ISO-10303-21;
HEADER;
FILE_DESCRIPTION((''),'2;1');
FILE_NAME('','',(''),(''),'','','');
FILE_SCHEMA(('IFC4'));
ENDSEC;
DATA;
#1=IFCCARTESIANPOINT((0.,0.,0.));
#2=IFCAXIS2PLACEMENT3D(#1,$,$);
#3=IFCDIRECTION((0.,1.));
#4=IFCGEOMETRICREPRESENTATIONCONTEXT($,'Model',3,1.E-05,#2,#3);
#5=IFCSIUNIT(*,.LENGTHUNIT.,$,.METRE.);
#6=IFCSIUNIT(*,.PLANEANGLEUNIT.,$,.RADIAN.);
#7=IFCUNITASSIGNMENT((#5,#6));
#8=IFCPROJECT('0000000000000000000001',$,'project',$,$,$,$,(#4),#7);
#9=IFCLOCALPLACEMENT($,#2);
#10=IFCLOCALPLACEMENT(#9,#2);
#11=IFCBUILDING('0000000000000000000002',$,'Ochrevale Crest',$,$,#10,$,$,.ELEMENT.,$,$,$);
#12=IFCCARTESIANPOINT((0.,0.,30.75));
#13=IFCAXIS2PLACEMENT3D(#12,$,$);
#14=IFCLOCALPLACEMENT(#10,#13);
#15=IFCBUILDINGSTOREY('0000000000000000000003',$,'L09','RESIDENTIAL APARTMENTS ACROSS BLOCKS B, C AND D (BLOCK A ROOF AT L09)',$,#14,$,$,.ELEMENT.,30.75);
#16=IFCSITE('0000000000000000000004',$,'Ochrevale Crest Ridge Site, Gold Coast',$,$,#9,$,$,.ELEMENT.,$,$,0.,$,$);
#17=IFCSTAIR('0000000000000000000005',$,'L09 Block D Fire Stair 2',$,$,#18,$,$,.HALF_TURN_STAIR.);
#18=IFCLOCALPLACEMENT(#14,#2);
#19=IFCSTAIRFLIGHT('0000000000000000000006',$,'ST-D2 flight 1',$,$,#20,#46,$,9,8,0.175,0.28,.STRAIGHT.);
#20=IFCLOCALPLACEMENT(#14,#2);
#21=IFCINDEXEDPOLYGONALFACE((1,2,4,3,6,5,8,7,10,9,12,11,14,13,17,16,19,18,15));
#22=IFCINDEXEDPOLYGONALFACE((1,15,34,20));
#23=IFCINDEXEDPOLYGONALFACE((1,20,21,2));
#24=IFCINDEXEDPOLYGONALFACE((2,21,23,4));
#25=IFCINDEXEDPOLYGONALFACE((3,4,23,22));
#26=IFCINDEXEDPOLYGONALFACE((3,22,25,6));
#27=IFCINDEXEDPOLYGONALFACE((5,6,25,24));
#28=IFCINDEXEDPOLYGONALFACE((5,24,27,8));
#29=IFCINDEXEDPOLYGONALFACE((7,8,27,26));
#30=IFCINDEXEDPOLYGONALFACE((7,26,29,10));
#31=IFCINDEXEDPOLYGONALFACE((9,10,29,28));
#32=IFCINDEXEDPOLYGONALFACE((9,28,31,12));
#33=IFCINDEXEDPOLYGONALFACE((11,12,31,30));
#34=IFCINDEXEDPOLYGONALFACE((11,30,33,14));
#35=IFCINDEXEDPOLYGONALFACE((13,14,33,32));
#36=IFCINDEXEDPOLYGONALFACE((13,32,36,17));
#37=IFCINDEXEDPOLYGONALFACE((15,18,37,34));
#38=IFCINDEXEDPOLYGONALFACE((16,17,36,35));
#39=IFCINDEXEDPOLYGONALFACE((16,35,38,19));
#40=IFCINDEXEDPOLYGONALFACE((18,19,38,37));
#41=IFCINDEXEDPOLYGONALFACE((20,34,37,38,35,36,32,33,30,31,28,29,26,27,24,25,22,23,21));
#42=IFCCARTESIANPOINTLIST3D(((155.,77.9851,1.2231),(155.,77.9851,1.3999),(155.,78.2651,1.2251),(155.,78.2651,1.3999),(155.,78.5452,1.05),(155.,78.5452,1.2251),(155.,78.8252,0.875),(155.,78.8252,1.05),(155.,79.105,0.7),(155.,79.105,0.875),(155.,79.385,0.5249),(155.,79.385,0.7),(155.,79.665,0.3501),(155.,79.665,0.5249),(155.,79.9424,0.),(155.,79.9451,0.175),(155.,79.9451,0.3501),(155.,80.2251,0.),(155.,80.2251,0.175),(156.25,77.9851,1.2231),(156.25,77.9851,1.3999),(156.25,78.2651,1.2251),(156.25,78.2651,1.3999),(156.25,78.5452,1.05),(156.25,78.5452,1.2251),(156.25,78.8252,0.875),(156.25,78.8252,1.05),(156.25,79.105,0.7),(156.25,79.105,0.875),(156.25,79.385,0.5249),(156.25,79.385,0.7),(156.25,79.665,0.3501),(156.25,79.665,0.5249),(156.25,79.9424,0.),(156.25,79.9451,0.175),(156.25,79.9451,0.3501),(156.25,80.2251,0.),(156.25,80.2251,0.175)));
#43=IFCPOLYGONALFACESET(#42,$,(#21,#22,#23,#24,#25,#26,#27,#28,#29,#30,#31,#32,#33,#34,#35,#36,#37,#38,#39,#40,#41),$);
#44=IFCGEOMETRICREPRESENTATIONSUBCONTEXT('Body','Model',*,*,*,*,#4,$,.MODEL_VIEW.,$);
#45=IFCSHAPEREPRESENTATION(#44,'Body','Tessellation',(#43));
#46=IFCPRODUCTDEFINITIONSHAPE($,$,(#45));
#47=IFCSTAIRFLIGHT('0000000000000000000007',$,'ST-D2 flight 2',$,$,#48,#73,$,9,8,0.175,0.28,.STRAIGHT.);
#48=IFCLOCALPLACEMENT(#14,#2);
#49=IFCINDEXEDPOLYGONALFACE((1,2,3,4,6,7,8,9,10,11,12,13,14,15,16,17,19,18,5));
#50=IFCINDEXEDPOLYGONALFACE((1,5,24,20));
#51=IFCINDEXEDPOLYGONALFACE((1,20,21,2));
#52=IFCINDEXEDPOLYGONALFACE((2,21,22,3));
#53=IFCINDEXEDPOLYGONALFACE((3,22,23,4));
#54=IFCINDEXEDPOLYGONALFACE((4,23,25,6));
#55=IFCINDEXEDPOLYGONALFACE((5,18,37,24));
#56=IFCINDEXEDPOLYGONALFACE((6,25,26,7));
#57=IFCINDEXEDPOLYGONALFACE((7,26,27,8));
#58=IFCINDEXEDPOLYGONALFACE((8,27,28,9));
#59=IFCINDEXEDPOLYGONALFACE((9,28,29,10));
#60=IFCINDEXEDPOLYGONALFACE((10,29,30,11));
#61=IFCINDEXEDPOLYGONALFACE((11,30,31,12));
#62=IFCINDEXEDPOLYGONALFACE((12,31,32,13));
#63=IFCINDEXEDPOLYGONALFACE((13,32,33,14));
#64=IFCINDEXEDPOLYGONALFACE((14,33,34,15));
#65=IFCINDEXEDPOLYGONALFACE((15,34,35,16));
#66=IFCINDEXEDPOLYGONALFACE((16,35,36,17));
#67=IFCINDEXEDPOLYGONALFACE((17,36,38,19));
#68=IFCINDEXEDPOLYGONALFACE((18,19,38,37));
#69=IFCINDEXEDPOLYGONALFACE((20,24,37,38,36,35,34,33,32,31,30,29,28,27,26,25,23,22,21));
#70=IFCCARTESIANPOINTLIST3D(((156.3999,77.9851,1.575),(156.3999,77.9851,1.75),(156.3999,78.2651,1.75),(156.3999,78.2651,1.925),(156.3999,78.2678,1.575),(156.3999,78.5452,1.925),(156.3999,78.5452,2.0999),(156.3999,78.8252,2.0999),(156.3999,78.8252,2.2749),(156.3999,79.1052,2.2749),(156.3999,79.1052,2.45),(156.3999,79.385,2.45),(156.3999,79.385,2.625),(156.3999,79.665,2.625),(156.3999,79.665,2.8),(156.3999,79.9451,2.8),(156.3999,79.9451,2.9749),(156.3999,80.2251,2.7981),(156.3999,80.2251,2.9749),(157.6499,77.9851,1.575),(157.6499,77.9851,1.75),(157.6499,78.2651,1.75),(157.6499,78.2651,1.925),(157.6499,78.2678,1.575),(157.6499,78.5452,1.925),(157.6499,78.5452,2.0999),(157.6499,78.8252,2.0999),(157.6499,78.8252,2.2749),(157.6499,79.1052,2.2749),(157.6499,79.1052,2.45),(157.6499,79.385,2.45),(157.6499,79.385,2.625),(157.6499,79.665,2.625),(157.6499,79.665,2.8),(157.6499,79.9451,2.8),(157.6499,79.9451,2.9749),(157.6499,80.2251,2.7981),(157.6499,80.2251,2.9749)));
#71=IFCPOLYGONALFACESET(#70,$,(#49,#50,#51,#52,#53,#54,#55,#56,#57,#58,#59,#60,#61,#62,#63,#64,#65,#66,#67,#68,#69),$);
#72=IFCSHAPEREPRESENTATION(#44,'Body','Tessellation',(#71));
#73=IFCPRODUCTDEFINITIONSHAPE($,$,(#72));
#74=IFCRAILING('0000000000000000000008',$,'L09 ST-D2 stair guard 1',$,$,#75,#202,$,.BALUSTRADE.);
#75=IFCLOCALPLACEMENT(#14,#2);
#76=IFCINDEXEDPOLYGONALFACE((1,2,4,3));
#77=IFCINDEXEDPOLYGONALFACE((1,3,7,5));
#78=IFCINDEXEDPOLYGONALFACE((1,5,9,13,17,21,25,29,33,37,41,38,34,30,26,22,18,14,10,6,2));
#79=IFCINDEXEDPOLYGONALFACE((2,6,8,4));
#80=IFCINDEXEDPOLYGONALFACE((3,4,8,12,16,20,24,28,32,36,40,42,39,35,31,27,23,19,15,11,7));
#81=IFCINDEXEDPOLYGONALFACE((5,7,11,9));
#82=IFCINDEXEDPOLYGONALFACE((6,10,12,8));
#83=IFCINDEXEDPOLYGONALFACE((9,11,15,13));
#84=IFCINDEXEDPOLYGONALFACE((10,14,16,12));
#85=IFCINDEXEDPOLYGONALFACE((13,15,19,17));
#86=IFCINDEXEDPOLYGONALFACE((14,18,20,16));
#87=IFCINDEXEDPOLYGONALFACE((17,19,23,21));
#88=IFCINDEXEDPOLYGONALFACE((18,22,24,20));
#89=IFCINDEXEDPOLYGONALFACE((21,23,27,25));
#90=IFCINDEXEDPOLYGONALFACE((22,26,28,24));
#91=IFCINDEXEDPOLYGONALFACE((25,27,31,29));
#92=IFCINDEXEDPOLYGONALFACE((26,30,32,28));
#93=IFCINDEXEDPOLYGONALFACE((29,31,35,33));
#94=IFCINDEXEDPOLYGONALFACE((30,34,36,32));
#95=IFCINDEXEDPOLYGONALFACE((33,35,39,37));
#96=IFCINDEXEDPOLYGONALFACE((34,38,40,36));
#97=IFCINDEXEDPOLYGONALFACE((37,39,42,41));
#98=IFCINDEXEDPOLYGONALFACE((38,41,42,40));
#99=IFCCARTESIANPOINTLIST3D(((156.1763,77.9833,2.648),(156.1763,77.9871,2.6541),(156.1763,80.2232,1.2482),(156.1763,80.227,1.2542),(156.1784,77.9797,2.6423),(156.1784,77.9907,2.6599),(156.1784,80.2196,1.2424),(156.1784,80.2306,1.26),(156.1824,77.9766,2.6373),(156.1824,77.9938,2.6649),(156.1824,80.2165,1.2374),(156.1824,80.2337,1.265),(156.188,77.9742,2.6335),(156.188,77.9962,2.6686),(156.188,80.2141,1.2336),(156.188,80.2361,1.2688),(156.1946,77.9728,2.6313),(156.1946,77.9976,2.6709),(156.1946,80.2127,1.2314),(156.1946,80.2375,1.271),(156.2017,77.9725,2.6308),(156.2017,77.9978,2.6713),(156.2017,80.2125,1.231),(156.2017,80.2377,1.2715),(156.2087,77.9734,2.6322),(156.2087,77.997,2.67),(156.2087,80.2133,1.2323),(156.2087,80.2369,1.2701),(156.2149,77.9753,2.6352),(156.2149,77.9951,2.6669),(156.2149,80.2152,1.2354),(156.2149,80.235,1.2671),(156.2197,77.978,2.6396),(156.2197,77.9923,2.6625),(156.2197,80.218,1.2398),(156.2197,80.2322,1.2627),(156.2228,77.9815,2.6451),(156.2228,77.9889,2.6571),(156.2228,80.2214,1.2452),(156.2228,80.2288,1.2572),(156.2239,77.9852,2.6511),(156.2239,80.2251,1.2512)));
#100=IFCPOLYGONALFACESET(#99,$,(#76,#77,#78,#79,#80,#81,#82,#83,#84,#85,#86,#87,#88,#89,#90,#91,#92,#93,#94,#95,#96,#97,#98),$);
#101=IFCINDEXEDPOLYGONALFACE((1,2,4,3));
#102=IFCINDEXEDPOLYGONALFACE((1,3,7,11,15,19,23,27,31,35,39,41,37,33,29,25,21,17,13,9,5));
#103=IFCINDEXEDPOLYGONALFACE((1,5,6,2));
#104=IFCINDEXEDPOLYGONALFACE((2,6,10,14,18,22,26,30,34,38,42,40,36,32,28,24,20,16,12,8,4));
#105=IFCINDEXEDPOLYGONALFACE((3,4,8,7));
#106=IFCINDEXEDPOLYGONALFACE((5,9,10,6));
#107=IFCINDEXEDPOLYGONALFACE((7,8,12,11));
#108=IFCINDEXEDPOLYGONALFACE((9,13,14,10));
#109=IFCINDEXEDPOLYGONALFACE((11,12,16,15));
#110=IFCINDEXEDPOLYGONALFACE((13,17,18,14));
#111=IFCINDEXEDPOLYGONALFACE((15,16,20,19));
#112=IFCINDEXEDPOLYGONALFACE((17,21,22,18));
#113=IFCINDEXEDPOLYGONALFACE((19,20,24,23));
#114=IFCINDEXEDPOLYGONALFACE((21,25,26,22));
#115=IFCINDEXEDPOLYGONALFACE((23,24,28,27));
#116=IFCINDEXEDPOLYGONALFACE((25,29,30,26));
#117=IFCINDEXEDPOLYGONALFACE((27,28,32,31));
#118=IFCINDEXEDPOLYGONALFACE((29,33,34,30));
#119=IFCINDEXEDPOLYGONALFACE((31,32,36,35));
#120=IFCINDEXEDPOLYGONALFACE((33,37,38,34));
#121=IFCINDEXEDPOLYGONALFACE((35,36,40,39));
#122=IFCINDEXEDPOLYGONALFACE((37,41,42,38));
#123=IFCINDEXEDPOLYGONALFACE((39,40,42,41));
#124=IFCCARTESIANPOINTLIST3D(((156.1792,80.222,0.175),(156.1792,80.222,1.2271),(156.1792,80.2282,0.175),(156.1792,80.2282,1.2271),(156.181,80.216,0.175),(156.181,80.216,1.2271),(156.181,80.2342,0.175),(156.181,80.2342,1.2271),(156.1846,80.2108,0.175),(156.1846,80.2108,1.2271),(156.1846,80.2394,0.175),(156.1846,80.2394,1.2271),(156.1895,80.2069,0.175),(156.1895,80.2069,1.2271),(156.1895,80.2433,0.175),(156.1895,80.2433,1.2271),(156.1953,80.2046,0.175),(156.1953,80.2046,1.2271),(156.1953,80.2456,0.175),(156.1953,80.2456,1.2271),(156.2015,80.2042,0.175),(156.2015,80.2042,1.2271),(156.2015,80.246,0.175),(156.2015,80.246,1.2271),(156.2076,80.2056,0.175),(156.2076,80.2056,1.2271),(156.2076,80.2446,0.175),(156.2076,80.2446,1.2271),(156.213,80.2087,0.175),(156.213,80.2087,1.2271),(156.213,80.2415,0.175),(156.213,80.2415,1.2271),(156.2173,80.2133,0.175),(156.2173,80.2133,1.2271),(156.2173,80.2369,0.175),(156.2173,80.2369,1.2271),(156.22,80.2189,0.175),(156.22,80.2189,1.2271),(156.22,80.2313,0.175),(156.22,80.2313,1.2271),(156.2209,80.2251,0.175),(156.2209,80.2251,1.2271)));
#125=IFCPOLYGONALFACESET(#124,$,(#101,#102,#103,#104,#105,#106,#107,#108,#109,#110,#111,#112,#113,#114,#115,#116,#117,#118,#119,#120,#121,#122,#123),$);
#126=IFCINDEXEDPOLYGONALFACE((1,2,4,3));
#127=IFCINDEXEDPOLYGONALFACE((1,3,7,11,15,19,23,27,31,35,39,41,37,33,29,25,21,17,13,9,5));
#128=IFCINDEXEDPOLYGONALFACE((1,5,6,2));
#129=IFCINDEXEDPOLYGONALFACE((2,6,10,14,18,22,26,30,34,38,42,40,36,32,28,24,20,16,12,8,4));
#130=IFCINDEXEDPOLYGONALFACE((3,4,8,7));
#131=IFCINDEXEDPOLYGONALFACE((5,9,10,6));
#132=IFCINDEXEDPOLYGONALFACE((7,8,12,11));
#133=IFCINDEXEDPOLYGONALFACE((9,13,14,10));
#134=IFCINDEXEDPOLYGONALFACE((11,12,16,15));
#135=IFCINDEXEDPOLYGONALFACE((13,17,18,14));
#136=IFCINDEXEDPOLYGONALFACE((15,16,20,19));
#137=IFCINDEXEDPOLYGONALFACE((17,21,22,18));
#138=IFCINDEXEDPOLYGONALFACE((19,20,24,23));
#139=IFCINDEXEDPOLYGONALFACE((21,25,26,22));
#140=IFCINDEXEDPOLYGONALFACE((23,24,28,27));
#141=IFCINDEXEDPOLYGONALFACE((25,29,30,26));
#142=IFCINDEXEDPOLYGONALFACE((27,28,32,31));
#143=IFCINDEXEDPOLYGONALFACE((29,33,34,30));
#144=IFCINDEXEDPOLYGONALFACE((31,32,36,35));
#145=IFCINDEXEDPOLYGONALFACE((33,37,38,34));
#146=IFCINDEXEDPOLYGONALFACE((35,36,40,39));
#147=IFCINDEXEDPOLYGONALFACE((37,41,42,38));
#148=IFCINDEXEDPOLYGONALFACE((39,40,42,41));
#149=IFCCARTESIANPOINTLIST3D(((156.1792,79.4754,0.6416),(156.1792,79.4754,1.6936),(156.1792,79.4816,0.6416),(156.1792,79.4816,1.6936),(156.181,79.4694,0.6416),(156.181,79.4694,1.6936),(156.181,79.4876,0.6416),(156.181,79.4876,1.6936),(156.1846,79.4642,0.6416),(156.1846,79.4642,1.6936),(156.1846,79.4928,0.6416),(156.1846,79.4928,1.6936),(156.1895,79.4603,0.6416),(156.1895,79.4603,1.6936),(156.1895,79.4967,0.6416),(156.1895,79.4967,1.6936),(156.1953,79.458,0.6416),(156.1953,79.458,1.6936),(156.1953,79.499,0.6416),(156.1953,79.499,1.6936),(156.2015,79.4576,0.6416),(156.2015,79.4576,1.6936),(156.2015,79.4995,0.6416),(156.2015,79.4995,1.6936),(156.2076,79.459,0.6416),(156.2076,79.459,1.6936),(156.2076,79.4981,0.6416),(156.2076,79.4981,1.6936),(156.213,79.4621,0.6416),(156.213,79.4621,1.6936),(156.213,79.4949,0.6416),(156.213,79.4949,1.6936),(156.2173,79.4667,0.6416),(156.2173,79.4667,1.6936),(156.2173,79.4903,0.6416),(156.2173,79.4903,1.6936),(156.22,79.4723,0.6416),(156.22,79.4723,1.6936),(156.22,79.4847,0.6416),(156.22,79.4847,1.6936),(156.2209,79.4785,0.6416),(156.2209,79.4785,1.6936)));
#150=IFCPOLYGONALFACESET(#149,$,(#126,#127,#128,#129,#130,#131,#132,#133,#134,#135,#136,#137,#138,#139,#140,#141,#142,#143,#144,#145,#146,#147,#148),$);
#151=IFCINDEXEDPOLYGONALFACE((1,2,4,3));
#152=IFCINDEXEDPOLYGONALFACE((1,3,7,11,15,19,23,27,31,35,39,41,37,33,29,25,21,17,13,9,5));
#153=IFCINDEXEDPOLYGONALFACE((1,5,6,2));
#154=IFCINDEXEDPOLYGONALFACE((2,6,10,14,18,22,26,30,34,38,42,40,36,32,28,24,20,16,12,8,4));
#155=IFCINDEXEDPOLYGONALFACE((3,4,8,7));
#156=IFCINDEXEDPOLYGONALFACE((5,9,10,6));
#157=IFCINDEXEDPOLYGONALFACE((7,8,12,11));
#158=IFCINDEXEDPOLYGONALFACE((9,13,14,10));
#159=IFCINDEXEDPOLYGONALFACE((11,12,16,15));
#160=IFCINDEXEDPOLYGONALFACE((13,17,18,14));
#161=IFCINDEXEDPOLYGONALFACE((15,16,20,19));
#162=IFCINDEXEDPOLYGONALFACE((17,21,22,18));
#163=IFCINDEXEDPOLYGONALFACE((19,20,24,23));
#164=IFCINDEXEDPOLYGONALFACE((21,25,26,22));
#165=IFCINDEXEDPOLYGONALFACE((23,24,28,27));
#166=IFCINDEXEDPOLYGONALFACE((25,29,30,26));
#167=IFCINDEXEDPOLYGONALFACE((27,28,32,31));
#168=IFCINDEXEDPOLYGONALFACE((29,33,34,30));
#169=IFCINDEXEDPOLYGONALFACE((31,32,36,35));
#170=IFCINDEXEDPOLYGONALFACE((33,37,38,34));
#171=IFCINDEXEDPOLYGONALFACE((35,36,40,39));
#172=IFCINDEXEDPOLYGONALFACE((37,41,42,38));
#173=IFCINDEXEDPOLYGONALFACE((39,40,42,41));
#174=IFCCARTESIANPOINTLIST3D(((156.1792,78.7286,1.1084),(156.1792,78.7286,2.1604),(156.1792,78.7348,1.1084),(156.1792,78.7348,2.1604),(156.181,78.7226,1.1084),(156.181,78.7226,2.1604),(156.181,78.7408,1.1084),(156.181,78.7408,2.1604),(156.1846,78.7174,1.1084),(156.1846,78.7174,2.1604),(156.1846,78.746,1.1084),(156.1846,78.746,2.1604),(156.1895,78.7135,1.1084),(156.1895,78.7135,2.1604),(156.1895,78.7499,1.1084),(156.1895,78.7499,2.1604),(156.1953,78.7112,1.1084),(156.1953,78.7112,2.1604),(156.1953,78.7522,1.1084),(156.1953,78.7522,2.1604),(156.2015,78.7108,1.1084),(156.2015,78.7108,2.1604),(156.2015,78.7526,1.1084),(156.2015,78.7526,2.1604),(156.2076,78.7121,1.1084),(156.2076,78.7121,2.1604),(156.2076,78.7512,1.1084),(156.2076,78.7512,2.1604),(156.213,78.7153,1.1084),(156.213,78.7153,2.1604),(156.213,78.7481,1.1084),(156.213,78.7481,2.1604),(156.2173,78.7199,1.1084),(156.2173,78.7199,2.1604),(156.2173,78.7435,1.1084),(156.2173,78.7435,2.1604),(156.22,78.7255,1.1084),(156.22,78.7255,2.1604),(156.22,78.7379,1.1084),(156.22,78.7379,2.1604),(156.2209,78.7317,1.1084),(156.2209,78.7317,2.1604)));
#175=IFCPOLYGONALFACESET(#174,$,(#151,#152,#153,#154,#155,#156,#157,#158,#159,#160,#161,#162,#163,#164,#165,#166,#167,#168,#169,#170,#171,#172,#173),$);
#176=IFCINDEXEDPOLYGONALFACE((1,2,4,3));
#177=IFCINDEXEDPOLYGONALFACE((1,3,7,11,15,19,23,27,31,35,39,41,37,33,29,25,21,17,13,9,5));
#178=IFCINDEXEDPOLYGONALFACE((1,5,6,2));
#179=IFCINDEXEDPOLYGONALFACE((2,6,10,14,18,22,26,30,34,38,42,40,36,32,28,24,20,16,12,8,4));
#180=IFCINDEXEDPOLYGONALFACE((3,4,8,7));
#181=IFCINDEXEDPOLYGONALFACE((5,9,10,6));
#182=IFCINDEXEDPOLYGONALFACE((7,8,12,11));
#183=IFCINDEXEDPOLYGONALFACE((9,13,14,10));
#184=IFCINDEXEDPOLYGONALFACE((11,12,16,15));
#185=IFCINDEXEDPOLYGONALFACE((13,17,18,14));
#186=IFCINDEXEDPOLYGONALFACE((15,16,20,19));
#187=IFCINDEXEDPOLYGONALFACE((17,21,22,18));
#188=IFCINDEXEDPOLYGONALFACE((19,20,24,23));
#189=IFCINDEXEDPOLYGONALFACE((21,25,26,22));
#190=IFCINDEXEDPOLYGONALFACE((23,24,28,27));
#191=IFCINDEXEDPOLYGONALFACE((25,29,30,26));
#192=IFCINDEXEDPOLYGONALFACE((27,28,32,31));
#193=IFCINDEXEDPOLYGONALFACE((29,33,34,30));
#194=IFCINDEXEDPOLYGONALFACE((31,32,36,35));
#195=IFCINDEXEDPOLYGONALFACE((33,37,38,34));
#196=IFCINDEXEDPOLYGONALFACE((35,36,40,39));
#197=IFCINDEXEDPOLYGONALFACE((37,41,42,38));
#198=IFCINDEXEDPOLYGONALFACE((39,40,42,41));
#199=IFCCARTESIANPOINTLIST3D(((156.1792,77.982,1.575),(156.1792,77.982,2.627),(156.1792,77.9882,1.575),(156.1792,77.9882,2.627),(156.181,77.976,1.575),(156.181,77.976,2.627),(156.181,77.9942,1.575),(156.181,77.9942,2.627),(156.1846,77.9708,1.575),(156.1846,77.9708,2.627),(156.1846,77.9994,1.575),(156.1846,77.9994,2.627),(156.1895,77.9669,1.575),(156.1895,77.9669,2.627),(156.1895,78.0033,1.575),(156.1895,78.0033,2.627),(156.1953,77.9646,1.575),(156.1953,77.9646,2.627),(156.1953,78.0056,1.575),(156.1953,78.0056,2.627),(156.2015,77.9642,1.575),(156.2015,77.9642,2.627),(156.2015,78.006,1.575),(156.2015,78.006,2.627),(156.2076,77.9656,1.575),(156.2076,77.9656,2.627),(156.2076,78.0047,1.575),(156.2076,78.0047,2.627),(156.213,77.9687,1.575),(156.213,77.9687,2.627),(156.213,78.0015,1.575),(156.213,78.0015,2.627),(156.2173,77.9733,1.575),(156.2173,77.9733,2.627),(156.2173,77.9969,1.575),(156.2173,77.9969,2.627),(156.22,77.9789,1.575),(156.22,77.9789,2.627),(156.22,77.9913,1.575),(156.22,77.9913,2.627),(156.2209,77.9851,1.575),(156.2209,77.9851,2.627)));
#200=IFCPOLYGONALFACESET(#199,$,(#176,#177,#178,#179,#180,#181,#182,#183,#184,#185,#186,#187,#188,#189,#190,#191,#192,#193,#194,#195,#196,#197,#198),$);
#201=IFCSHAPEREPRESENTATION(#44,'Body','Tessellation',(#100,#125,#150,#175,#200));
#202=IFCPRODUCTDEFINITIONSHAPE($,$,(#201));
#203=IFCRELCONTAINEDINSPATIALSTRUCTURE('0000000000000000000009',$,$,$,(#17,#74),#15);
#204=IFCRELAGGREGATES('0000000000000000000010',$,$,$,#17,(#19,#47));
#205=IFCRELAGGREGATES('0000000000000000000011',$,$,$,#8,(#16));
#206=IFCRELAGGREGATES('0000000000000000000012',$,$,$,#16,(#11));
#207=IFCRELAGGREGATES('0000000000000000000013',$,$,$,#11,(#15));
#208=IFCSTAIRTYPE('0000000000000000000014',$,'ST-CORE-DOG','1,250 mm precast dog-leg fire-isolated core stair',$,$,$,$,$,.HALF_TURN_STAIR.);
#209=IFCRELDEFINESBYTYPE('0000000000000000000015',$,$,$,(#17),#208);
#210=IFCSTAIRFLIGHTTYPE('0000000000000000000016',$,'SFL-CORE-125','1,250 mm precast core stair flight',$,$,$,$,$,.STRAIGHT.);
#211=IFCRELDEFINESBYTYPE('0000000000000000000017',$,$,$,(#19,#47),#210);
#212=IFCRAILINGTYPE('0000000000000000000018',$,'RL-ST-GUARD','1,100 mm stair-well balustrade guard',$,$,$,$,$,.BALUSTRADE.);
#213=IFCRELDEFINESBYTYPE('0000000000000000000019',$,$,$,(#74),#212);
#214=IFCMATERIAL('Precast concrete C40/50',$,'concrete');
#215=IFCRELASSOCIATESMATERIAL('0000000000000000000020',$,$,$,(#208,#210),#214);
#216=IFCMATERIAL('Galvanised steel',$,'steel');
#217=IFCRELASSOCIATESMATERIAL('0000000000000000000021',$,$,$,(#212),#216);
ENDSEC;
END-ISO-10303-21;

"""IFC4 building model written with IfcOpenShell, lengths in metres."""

from ifc_helpers import new_model, si_unit, direction, frame, origin, origin_2d, place, context, subcontext, project, spatial, polyline, circle, outline, extrude, material, type_object, element, aggregate, save


model = new_model("IFC4")

# Units and contexts
model_context = context("Model", 3, precision=1e-05, world=origin(), true_north=direction((0.0, 1.0)))
body_context = subcontext(model_context, "Body", "Model", "MODEL_VIEW")
ifc_project = project(units=[si_unit("LENGTHUNIT", "METRE"), si_unit("PLANEANGLEUNIT", "RADIAN")], contexts=[model_context])

# Site, building, storey
site_placement = place(None, origin())
site = spatial("IfcSite", under=ifc_project, at=site_placement, Name="Ochrevale Crest Ridge Site, Gold Coast", CompositionType="ELEMENT", RefElevation=0.0)
building_placement = place(site_placement, origin())
building = spatial("IfcBuilding", under=site, at=building_placement, Name="Ochrevale Crest", CompositionType="ELEMENT")
storey_placement = place(building_placement, frame((0.0, 0.0, 30.75)))
storey = spatial("IfcBuildingStorey", under=building, at=storey_placement, Name="L09", Description="RESIDENTIAL APARTMENTS ACROSS BLOCKS B, C AND D (BLOCK A ROOF AT L09)", CompositionType="ELEMENT", Elevation=30.75)

# Stair, stair flights
ifc_material_1 = material(Name="Precast concrete C40/50", Category="concrete")
stair_type = type_object("IfcStairType", Name="ST-CORE-DOG", Description="1,250 mm precast dog-leg fire-isolated core stair", PredefinedType="HALF_TURN_STAIR", material=ifc_material_1)
stair_placement = place(storey_placement, origin())
stair = element("IfcStair", 1, at=stair_placement, inside=storey, type_object=stair_type, Name="L09 Block D Fire Stair 2", PredefinedType="HALF_TURN_STAIR")
stair_flight_type = type_object("IfcStairFlightType", Name="SFL-CORE-125", Description="1,250 mm precast core stair flight", PredefinedType="STRAIGHT", material=ifc_material_1)
stair_flight_1_placement = place(storey_placement, frame((155.625, 80.2251, 0.0), z_axis=(0.0, 0.0, 1.0), x_axis=(0.0, -1.0, 0.0)))
stair_flight_1 = element("IfcStairFlight", 2, at=stair_flight_1_placement, type_object=stair_flight_type, Name="ST-D2 flight 1", NumberOfRisers=9, NumberOfTreads=8, PredefinedType="STRAIGHT", RiserHeight=0.175, TreadLength=0.28, context=body_context, shape_type="SweptSolid", body=[
    extrude(outline(polyline([(0.0, 0.0), (0.0, 0.175), (0.28, 0.175), (0.28, 0.3501), (0.5601, 0.3501), (0.5601, 0.5249), (0.8401, 0.5249), (0.8401, 0.7), (1.1201, 0.7), (1.1201, 0.875), (1.3999, 0.875), (1.3999, 1.05), (1.6799, 1.05), (1.6799, 1.2251), (1.96, 1.2251), (1.96, 1.3999), (2.24, 1.3999), (2.24, 1.575), (2.24, 1.2231), (0.2827, 0.0), (0.0, 0.0)])), frame((0.0, 0.625, 0.0), z_axis=(0.0, -1.0, 0.0), x_axis=(1.0, 0.0, 0.0)), (0.0, 0.0, 1.0), 1.25),
])
stair_flight_2_placement = place(storey_placement, frame((157.0249, 77.9851, 1.575), z_axis=(0.0, 0.0, 1.0), x_axis=(0.0, 1.0, 0.0)))
stair_flight_2 = element("IfcStairFlight", 3, at=stair_flight_2_placement, type_object=stair_flight_type, Name="ST-D2 flight 2", NumberOfRisers=9, NumberOfTreads=8, PredefinedType="STRAIGHT", RiserHeight=0.175, TreadLength=0.28, context=body_context, shape_type="SweptSolid", body=[
    extrude(outline(polyline([(0.0, 0.0), (0.0, 0.175), (0.28, 0.175), (0.28, 0.3501), (0.5601, 0.3501), (0.5601, 0.5249), (0.8401, 0.5249), (0.8401, 0.7), (1.1201, 0.7), (1.1201, 0.875), (1.3999, 0.875), (1.3999, 1.05), (1.6799, 1.05), (1.6799, 1.2251), (1.96, 1.2251), (1.96, 1.3999), (2.24, 1.3999), (2.24, 1.575), (2.24, 1.2231), (0.2827, 0.0), (0.0, 0.0)])), frame((0.0, 0.625, 0.0), z_axis=(0.0, -1.0, 0.0), x_axis=(1.0, 0.0, 0.0)), (0.0, 0.0, 1.0), 1.25),
])
aggregate(stair, [stair_flight_1, stair_flight_2])

# Railing
ifc_material_2 = material(Name="Galvanised steel", Category="steel")
railing_type_1 = type_object("IfcRailingType", Name="RL-ST-GUARD", Description="1,100 mm stair-well balustrade guard", PredefinedType="BALUSTRADE", material=ifc_material_2)
railing_1_placement = place(storey_placement, frame((156.2, 80.2251, 0.175)))
element("IfcRailing", 4, at=railing_1_placement, inside=storey, type_object=railing_type_1, Name="L09 ST-D2 stair guard 1", PredefinedType="BALUSTRADE", context=body_context, shape_type="SweptSolid", body=[
    extrude(circle(Radius=0.0239, at=origin_2d()), frame((0.0, 0.0, 1.0762), z_axis=(0.0, -0.848014, 0.529974), x_axis=(1.0, 0.0, 0.0)), (0.0, 0.0, 1.0), 2.6414),
    extrude(circle(Radius=0.021, at=origin_2d()), origin(), (0.0, 0.0, 1.0), 1.052),
    extrude(circle(Radius=0.021, at=origin_2d()), frame((0.0, -0.7466, 0.4666)), (0.0, 0.0, 1.0), 1.052),
    extrude(circle(Radius=0.021, at=origin_2d()), frame((0.0, -1.4934, 0.9333)), (0.0, 0.0, 1.0), 1.052),
    extrude(circle(Radius=0.021, at=origin_2d()), frame((0.0, -2.24, 1.3999)), (0.0, 0.0, 1.0), 1.052),
])

save(model, "model.ifc")
